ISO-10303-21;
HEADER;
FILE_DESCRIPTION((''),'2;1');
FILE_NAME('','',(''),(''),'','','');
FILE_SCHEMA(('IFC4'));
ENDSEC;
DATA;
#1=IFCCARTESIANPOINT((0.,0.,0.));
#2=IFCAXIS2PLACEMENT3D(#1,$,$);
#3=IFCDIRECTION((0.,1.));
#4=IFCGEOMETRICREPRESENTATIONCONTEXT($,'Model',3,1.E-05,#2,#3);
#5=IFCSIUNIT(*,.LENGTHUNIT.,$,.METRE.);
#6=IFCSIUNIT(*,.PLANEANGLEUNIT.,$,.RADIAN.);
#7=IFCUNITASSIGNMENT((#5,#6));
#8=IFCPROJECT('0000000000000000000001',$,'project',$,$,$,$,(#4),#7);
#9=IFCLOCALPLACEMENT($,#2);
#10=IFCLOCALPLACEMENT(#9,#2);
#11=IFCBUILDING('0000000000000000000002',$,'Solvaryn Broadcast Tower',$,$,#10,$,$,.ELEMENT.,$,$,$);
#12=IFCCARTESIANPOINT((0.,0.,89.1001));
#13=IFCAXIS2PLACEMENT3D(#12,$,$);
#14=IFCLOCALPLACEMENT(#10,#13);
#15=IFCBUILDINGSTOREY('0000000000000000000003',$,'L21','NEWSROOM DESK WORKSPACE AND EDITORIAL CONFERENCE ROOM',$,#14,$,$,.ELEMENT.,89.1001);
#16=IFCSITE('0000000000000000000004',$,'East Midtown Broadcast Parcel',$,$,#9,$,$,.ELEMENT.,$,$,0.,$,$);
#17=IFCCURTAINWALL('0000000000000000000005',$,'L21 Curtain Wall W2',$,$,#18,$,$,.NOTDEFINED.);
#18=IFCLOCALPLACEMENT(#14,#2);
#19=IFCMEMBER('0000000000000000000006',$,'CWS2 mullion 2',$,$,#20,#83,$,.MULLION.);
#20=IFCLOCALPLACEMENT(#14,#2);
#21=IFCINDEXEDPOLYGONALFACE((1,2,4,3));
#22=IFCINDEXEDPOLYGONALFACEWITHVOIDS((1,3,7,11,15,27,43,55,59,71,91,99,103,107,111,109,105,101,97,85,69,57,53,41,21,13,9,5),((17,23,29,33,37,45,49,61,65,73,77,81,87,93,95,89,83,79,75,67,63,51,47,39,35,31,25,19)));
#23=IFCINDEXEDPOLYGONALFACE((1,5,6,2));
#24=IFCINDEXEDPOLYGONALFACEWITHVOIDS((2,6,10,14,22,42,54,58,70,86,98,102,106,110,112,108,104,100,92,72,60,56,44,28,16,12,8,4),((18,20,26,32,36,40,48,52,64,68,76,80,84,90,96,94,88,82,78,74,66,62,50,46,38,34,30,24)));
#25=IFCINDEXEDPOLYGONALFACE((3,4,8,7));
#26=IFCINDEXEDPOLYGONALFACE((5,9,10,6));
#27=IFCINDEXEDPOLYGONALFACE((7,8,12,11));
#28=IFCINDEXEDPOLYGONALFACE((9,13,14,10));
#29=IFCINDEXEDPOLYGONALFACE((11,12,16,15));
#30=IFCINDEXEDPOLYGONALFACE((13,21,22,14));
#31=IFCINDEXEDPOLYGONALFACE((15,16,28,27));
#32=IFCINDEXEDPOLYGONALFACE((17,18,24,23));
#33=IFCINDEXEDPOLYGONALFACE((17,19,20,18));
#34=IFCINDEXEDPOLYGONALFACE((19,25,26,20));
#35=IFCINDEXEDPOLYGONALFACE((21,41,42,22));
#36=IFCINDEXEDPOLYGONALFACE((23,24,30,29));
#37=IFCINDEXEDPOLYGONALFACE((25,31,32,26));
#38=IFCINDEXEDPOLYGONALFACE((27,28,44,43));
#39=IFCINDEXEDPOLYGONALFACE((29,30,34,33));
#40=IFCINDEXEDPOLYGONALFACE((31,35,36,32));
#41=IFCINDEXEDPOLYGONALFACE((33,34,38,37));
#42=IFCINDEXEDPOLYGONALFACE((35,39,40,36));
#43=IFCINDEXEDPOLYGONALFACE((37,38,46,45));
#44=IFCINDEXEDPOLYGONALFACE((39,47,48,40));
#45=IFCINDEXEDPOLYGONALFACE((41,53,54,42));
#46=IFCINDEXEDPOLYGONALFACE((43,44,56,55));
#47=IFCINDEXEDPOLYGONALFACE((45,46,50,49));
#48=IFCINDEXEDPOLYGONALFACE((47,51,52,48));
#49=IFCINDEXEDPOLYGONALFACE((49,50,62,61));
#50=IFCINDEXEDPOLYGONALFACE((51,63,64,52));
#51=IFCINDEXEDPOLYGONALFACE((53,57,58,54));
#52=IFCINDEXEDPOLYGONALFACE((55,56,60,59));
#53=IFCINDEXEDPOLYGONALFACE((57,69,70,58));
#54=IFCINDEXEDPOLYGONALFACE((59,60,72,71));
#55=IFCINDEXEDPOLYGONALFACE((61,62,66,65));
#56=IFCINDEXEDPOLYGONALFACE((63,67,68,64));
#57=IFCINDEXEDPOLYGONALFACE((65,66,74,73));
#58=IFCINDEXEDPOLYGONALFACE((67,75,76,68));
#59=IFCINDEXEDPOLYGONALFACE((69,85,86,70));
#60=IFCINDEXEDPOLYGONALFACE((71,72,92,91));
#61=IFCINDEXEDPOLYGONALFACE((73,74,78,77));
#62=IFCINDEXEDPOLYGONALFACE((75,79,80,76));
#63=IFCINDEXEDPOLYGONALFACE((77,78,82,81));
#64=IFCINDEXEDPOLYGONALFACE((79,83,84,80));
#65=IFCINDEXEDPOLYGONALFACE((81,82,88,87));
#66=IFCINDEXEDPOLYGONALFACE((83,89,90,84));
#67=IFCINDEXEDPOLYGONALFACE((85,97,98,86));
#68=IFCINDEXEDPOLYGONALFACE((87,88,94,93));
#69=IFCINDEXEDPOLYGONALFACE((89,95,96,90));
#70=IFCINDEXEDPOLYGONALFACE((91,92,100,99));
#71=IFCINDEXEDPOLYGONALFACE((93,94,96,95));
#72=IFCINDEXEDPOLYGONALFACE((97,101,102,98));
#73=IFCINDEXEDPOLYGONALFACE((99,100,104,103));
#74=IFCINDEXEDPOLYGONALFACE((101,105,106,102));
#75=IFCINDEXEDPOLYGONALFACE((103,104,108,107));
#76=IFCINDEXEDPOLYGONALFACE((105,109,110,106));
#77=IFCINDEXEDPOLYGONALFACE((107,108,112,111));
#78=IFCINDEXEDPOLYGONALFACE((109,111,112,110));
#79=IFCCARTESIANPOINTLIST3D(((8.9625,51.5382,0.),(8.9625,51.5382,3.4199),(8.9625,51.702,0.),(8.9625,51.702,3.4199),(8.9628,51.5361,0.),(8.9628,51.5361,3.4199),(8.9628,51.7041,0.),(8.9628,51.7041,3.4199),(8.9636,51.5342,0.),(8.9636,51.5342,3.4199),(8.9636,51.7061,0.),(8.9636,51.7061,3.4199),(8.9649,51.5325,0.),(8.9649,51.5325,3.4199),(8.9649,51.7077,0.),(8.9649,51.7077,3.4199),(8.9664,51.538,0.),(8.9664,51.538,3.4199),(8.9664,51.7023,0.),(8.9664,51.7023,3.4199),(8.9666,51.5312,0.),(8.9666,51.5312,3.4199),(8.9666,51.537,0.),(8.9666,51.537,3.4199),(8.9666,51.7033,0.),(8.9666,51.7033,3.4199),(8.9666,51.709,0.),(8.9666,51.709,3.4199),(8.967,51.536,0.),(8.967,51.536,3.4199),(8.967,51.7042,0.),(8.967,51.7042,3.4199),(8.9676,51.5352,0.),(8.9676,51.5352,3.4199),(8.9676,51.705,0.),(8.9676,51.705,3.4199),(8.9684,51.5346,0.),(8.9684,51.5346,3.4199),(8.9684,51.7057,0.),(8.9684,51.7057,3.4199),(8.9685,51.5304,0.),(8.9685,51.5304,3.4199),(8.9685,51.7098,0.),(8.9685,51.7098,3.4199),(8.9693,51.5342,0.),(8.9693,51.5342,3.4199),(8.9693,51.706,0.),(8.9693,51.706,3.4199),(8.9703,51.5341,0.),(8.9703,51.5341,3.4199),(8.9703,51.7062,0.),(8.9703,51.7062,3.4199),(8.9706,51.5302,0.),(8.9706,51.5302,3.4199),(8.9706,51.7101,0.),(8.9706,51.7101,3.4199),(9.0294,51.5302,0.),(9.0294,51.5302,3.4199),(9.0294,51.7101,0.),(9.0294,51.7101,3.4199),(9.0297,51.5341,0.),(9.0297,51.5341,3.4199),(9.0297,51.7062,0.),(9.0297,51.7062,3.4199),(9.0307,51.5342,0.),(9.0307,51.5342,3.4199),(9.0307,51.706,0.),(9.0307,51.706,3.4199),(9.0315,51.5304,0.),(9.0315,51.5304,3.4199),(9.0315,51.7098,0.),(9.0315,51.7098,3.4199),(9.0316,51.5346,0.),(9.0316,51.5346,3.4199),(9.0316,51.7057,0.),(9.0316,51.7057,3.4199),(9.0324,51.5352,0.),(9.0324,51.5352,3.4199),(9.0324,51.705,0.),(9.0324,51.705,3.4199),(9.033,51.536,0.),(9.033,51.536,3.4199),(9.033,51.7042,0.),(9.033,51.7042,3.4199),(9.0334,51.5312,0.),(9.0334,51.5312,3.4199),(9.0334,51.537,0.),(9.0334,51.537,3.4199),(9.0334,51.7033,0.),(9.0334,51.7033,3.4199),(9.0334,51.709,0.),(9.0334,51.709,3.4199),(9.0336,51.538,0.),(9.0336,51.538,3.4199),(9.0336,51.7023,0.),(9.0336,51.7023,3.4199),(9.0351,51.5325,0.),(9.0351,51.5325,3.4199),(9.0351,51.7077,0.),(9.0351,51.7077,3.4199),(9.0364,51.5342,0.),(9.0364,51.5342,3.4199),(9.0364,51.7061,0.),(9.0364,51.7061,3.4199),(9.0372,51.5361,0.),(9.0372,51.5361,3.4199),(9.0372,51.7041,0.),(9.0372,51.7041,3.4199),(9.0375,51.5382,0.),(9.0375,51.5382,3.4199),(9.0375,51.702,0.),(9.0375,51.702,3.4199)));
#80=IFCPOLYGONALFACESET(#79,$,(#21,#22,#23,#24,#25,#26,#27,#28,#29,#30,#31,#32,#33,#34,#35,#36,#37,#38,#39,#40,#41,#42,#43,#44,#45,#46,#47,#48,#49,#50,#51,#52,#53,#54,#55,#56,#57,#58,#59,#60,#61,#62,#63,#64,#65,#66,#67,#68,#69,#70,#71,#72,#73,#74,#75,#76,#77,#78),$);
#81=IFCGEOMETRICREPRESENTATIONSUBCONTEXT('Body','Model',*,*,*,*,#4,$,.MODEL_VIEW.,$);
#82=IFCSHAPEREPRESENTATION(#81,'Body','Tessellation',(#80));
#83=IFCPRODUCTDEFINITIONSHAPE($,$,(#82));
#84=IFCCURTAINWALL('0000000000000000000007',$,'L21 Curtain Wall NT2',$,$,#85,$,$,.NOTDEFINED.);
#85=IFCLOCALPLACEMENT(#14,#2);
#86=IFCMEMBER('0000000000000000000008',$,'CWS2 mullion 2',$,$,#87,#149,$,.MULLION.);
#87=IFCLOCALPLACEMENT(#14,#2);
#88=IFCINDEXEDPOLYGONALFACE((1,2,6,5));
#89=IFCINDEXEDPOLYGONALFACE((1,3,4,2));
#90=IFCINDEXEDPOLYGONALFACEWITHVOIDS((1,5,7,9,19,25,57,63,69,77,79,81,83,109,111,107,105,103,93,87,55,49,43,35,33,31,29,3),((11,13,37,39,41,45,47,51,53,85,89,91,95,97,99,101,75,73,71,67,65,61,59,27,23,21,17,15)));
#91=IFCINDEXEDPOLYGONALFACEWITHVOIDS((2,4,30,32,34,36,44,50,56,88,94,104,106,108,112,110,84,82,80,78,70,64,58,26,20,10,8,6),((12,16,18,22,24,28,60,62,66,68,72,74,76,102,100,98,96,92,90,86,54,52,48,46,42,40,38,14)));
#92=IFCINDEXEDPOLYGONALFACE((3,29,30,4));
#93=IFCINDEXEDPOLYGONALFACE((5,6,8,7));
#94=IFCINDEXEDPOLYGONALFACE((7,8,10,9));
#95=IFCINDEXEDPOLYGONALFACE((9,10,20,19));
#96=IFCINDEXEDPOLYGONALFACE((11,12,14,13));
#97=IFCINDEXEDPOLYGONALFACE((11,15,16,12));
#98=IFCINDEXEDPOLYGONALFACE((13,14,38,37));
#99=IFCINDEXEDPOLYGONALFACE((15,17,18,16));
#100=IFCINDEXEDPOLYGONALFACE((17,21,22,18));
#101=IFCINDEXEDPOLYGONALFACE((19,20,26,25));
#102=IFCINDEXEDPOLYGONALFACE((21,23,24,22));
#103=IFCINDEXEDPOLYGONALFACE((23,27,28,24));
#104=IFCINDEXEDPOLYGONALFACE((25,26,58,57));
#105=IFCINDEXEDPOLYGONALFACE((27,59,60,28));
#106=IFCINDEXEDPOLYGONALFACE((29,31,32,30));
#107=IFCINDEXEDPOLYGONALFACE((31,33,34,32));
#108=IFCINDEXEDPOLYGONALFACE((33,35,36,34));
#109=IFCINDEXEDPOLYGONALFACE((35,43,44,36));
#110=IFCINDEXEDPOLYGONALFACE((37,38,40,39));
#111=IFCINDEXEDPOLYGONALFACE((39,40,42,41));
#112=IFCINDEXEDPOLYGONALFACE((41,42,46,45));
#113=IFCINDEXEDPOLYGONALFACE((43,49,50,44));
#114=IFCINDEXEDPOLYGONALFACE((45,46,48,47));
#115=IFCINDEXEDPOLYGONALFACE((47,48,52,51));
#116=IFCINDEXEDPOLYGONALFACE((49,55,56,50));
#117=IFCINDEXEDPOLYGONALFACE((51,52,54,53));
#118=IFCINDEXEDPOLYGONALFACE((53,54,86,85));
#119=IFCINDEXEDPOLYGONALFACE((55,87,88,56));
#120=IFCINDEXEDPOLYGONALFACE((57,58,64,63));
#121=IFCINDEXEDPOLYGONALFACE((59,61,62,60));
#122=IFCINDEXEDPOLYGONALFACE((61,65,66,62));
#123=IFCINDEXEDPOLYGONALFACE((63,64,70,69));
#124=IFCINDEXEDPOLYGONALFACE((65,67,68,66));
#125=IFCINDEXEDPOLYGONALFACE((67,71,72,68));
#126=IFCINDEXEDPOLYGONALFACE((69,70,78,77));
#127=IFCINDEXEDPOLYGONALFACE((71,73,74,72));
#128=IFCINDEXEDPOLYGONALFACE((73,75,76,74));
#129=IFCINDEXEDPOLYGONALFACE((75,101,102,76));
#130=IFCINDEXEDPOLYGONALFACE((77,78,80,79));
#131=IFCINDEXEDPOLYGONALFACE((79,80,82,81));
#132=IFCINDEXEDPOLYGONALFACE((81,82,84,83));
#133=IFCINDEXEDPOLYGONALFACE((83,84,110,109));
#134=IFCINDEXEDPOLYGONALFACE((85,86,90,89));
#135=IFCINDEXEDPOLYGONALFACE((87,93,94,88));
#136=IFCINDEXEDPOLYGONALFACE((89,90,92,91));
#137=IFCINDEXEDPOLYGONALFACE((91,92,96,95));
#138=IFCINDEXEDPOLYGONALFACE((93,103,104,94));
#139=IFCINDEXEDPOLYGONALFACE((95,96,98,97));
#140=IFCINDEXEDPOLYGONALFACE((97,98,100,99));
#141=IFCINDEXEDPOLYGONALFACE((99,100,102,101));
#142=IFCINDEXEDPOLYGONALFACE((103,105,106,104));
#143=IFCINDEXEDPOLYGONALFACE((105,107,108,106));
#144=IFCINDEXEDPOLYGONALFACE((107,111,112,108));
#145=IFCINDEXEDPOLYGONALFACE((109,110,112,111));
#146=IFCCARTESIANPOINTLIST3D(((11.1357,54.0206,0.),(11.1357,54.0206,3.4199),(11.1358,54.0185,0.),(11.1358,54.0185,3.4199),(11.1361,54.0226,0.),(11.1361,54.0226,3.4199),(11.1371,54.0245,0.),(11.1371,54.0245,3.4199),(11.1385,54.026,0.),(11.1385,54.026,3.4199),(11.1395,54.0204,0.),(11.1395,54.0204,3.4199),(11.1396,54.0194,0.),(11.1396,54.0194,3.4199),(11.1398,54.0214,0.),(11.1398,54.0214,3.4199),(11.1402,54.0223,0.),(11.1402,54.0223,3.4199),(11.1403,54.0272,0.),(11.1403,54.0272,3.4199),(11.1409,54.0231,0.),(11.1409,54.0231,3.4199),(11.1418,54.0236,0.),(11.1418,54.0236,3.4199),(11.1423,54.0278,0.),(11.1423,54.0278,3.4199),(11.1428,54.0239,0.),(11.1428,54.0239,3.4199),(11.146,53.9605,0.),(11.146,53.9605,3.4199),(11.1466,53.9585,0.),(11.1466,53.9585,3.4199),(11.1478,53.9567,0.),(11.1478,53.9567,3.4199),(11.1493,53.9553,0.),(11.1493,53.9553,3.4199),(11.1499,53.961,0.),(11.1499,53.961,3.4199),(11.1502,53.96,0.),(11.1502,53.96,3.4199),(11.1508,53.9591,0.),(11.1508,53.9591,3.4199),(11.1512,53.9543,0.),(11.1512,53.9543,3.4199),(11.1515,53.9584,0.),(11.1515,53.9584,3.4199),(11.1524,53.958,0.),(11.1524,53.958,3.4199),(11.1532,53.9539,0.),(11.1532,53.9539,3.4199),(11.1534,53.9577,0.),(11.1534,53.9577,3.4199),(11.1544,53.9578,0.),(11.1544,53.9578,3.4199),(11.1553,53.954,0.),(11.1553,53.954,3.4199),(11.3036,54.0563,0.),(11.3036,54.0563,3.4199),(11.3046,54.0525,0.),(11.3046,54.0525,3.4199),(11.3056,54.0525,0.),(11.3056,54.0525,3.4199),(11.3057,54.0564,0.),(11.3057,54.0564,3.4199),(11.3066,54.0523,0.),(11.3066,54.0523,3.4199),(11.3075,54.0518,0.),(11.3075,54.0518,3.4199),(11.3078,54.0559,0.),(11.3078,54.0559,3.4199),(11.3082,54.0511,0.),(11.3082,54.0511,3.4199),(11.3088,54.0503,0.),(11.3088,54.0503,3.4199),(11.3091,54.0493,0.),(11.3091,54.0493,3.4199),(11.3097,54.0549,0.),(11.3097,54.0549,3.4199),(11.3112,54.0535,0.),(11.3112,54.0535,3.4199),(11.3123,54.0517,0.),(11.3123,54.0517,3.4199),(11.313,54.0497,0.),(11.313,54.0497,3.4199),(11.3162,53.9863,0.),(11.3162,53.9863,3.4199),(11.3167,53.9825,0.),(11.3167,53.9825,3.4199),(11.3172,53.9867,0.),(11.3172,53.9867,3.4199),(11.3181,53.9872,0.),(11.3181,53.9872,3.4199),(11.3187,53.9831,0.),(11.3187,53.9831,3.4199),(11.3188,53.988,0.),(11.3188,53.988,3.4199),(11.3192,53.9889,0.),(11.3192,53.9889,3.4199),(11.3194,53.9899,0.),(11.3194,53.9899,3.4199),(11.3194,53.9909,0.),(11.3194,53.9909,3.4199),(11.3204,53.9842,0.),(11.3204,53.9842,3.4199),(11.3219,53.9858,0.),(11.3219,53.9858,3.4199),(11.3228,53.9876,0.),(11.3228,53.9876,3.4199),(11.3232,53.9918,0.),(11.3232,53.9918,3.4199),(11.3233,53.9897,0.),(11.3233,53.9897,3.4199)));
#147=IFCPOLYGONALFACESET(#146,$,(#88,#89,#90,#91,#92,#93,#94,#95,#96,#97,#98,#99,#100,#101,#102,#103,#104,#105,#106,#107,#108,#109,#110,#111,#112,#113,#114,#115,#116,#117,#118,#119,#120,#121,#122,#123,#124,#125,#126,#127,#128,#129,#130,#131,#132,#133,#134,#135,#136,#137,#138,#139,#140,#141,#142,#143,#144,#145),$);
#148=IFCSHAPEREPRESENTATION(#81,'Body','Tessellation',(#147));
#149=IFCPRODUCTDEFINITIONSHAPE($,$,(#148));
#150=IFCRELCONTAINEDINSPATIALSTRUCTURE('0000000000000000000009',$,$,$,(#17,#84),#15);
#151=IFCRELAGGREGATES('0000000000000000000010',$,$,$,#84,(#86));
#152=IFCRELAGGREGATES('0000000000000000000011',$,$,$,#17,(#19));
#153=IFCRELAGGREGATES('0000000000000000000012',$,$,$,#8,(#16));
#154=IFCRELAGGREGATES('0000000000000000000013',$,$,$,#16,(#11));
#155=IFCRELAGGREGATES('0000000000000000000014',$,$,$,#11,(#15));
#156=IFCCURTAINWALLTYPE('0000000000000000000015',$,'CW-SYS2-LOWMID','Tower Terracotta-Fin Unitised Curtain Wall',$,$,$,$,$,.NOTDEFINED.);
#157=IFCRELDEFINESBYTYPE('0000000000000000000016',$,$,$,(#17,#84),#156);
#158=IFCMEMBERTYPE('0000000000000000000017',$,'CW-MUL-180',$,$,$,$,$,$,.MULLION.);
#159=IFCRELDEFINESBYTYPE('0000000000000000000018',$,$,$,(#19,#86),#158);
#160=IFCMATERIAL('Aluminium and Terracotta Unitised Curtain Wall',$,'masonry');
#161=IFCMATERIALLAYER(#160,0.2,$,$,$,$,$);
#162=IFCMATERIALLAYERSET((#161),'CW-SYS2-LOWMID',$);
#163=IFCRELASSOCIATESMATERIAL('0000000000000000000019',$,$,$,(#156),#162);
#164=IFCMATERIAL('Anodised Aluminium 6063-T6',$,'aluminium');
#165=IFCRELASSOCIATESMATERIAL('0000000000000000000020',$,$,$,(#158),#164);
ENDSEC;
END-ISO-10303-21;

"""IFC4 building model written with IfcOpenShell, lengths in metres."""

from ifc_helpers import new_model, si_unit, direction, frame, origin, origin_2d, place, context, subcontext, project, spatial, hollow_rectangle, extrude, material, layer, layer_set, material_profile, profile_set, type_object, element, aggregate, save


model = new_model("IFC4")

# Units and contexts
model_context = context("Model", 3, precision=1e-05, world=origin(), true_north=direction((0.0, 1.0)))
body_context = subcontext(model_context, "Body", "Model", "MODEL_VIEW")
ifc_project = project(units=[si_unit("LENGTHUNIT", "METRE"), si_unit("PLANEANGLEUNIT", "RADIAN")], contexts=[model_context])

# Site, building, storey
site_placement = place(None, origin())
site = spatial("IfcSite", under=ifc_project, at=site_placement, Name="East Midtown Broadcast Parcel", CompositionType="ELEMENT", RefElevation=0.0)
building_placement = place(site_placement, origin())
building = spatial("IfcBuilding", under=site, at=building_placement, Name="Solvaryn Broadcast Tower", CompositionType="ELEMENT")
storey_placement = place(building_placement, frame((0.0, 0.0, 89.1001)))
storey = spatial("IfcBuildingStorey", under=building, at=storey_placement, Name="L21", Description="NEWSROOM DESK WORKSPACE AND EDITORIAL CONFERENCE ROOM", CompositionType="ELEMENT", Elevation=89.1001)

# Shared definitions
ifc_material_1 = material(Name="Aluminium and Terracotta Unitised Curtain Wall", Category="masonry")
ifc_layer_1 = layer(ifc_material_1, 0.2)
ifc_layer_set_1 = layer_set([ifc_layer_1], Name="CW-SYS2-LOWMID")
curtain_wall_type = type_object("IfcCurtainWallType", Name="CW-SYS2-LOWMID", Description="Tower Terracotta-Fin Unitised Curtain Wall", PredefinedType="NOTDEFINED", material=ifc_layer_set_1)
ifc_material_2 = material(Name="Anodised Aluminium 6063-T6", Category="aluminium")
ifc_material_profile_1 = material_profile(ifc_material_2, hollow_rectangle(XDim=0.075, YDim=0.1799, WallThickness=0.0039, InnerFilletRadius=0.0039, OuterFilletRadius=0.0081, at=origin_2d()))
ifc_profile_set_1 = profile_set([ifc_material_profile_1], Name="Anodised Aluminium 6063-T6")
member_type_1 = type_object("IfcMemberType", Name="CW-MUL-180", PredefinedType="MULLION", material=ifc_profile_set_1)

# Curtain wall, member
curtain_wall_1_placement = place(storey_placement, origin())
curtain_wall_1 = element("IfcCurtainWall", 1, at=curtain_wall_1_placement, inside=storey, type_object=curtain_wall_type, Name="L21 Curtain Wall W2", PredefinedType="NOTDEFINED")
member_1_placement = place(storey_placement, frame((9.0, 51.6201, 0.0), z_axis=(0.0, 0.0, 1.0), x_axis=(-1.0, 0.0, 0.0)))
member_1 = element("IfcMember", 2, at=member_1_placement, type_object=member_type_1, Name="CWS2 mullion 2", PredefinedType="MULLION", context=body_context, shape_type="SweptSolid", body=[
    extrude(hollow_rectangle(XDim=0.075, YDim=0.1799, WallThickness=0.0039, InnerFilletRadius=0.0039, OuterFilletRadius=0.0081, at=origin_2d()), origin(), (0.0, 0.0, 1.0), 3.4199),
])

# Curtain wall, member
curtain_wall_2_placement = place(storey_placement, origin())
curtain_wall_2 = element("IfcCurtainWall", 3, at=curtain_wall_2_placement, inside=storey, type_object=curtain_wall_type, Name="L21 Curtain Wall NT2", PredefinedType="NOTDEFINED")
member_2_placement = place(storey_placement, frame((11.2295, 54.0051, 0.0), z_axis=(0.0, 0.0, 1.0), x_axis=(0.173785, -0.984784, 0.0)))
member_2 = element("IfcMember", 4, at=member_2_placement, type_object=member_type_1, Name="CWS2 mullion 2", PredefinedType="MULLION", context=body_context, shape_type="SweptSolid", body=[
    extrude(hollow_rectangle(XDim=0.075, YDim=0.1799, WallThickness=0.0039, InnerFilletRadius=0.0039, OuterFilletRadius=0.0081, at=origin_2d()), origin(), (0.0, 0.0, 1.0), 3.4199),
])
aggregate(curtain_wall_2, [member_2])

aggregate(curtain_wall_1, [member_1])

save(model, "model.ifc")
